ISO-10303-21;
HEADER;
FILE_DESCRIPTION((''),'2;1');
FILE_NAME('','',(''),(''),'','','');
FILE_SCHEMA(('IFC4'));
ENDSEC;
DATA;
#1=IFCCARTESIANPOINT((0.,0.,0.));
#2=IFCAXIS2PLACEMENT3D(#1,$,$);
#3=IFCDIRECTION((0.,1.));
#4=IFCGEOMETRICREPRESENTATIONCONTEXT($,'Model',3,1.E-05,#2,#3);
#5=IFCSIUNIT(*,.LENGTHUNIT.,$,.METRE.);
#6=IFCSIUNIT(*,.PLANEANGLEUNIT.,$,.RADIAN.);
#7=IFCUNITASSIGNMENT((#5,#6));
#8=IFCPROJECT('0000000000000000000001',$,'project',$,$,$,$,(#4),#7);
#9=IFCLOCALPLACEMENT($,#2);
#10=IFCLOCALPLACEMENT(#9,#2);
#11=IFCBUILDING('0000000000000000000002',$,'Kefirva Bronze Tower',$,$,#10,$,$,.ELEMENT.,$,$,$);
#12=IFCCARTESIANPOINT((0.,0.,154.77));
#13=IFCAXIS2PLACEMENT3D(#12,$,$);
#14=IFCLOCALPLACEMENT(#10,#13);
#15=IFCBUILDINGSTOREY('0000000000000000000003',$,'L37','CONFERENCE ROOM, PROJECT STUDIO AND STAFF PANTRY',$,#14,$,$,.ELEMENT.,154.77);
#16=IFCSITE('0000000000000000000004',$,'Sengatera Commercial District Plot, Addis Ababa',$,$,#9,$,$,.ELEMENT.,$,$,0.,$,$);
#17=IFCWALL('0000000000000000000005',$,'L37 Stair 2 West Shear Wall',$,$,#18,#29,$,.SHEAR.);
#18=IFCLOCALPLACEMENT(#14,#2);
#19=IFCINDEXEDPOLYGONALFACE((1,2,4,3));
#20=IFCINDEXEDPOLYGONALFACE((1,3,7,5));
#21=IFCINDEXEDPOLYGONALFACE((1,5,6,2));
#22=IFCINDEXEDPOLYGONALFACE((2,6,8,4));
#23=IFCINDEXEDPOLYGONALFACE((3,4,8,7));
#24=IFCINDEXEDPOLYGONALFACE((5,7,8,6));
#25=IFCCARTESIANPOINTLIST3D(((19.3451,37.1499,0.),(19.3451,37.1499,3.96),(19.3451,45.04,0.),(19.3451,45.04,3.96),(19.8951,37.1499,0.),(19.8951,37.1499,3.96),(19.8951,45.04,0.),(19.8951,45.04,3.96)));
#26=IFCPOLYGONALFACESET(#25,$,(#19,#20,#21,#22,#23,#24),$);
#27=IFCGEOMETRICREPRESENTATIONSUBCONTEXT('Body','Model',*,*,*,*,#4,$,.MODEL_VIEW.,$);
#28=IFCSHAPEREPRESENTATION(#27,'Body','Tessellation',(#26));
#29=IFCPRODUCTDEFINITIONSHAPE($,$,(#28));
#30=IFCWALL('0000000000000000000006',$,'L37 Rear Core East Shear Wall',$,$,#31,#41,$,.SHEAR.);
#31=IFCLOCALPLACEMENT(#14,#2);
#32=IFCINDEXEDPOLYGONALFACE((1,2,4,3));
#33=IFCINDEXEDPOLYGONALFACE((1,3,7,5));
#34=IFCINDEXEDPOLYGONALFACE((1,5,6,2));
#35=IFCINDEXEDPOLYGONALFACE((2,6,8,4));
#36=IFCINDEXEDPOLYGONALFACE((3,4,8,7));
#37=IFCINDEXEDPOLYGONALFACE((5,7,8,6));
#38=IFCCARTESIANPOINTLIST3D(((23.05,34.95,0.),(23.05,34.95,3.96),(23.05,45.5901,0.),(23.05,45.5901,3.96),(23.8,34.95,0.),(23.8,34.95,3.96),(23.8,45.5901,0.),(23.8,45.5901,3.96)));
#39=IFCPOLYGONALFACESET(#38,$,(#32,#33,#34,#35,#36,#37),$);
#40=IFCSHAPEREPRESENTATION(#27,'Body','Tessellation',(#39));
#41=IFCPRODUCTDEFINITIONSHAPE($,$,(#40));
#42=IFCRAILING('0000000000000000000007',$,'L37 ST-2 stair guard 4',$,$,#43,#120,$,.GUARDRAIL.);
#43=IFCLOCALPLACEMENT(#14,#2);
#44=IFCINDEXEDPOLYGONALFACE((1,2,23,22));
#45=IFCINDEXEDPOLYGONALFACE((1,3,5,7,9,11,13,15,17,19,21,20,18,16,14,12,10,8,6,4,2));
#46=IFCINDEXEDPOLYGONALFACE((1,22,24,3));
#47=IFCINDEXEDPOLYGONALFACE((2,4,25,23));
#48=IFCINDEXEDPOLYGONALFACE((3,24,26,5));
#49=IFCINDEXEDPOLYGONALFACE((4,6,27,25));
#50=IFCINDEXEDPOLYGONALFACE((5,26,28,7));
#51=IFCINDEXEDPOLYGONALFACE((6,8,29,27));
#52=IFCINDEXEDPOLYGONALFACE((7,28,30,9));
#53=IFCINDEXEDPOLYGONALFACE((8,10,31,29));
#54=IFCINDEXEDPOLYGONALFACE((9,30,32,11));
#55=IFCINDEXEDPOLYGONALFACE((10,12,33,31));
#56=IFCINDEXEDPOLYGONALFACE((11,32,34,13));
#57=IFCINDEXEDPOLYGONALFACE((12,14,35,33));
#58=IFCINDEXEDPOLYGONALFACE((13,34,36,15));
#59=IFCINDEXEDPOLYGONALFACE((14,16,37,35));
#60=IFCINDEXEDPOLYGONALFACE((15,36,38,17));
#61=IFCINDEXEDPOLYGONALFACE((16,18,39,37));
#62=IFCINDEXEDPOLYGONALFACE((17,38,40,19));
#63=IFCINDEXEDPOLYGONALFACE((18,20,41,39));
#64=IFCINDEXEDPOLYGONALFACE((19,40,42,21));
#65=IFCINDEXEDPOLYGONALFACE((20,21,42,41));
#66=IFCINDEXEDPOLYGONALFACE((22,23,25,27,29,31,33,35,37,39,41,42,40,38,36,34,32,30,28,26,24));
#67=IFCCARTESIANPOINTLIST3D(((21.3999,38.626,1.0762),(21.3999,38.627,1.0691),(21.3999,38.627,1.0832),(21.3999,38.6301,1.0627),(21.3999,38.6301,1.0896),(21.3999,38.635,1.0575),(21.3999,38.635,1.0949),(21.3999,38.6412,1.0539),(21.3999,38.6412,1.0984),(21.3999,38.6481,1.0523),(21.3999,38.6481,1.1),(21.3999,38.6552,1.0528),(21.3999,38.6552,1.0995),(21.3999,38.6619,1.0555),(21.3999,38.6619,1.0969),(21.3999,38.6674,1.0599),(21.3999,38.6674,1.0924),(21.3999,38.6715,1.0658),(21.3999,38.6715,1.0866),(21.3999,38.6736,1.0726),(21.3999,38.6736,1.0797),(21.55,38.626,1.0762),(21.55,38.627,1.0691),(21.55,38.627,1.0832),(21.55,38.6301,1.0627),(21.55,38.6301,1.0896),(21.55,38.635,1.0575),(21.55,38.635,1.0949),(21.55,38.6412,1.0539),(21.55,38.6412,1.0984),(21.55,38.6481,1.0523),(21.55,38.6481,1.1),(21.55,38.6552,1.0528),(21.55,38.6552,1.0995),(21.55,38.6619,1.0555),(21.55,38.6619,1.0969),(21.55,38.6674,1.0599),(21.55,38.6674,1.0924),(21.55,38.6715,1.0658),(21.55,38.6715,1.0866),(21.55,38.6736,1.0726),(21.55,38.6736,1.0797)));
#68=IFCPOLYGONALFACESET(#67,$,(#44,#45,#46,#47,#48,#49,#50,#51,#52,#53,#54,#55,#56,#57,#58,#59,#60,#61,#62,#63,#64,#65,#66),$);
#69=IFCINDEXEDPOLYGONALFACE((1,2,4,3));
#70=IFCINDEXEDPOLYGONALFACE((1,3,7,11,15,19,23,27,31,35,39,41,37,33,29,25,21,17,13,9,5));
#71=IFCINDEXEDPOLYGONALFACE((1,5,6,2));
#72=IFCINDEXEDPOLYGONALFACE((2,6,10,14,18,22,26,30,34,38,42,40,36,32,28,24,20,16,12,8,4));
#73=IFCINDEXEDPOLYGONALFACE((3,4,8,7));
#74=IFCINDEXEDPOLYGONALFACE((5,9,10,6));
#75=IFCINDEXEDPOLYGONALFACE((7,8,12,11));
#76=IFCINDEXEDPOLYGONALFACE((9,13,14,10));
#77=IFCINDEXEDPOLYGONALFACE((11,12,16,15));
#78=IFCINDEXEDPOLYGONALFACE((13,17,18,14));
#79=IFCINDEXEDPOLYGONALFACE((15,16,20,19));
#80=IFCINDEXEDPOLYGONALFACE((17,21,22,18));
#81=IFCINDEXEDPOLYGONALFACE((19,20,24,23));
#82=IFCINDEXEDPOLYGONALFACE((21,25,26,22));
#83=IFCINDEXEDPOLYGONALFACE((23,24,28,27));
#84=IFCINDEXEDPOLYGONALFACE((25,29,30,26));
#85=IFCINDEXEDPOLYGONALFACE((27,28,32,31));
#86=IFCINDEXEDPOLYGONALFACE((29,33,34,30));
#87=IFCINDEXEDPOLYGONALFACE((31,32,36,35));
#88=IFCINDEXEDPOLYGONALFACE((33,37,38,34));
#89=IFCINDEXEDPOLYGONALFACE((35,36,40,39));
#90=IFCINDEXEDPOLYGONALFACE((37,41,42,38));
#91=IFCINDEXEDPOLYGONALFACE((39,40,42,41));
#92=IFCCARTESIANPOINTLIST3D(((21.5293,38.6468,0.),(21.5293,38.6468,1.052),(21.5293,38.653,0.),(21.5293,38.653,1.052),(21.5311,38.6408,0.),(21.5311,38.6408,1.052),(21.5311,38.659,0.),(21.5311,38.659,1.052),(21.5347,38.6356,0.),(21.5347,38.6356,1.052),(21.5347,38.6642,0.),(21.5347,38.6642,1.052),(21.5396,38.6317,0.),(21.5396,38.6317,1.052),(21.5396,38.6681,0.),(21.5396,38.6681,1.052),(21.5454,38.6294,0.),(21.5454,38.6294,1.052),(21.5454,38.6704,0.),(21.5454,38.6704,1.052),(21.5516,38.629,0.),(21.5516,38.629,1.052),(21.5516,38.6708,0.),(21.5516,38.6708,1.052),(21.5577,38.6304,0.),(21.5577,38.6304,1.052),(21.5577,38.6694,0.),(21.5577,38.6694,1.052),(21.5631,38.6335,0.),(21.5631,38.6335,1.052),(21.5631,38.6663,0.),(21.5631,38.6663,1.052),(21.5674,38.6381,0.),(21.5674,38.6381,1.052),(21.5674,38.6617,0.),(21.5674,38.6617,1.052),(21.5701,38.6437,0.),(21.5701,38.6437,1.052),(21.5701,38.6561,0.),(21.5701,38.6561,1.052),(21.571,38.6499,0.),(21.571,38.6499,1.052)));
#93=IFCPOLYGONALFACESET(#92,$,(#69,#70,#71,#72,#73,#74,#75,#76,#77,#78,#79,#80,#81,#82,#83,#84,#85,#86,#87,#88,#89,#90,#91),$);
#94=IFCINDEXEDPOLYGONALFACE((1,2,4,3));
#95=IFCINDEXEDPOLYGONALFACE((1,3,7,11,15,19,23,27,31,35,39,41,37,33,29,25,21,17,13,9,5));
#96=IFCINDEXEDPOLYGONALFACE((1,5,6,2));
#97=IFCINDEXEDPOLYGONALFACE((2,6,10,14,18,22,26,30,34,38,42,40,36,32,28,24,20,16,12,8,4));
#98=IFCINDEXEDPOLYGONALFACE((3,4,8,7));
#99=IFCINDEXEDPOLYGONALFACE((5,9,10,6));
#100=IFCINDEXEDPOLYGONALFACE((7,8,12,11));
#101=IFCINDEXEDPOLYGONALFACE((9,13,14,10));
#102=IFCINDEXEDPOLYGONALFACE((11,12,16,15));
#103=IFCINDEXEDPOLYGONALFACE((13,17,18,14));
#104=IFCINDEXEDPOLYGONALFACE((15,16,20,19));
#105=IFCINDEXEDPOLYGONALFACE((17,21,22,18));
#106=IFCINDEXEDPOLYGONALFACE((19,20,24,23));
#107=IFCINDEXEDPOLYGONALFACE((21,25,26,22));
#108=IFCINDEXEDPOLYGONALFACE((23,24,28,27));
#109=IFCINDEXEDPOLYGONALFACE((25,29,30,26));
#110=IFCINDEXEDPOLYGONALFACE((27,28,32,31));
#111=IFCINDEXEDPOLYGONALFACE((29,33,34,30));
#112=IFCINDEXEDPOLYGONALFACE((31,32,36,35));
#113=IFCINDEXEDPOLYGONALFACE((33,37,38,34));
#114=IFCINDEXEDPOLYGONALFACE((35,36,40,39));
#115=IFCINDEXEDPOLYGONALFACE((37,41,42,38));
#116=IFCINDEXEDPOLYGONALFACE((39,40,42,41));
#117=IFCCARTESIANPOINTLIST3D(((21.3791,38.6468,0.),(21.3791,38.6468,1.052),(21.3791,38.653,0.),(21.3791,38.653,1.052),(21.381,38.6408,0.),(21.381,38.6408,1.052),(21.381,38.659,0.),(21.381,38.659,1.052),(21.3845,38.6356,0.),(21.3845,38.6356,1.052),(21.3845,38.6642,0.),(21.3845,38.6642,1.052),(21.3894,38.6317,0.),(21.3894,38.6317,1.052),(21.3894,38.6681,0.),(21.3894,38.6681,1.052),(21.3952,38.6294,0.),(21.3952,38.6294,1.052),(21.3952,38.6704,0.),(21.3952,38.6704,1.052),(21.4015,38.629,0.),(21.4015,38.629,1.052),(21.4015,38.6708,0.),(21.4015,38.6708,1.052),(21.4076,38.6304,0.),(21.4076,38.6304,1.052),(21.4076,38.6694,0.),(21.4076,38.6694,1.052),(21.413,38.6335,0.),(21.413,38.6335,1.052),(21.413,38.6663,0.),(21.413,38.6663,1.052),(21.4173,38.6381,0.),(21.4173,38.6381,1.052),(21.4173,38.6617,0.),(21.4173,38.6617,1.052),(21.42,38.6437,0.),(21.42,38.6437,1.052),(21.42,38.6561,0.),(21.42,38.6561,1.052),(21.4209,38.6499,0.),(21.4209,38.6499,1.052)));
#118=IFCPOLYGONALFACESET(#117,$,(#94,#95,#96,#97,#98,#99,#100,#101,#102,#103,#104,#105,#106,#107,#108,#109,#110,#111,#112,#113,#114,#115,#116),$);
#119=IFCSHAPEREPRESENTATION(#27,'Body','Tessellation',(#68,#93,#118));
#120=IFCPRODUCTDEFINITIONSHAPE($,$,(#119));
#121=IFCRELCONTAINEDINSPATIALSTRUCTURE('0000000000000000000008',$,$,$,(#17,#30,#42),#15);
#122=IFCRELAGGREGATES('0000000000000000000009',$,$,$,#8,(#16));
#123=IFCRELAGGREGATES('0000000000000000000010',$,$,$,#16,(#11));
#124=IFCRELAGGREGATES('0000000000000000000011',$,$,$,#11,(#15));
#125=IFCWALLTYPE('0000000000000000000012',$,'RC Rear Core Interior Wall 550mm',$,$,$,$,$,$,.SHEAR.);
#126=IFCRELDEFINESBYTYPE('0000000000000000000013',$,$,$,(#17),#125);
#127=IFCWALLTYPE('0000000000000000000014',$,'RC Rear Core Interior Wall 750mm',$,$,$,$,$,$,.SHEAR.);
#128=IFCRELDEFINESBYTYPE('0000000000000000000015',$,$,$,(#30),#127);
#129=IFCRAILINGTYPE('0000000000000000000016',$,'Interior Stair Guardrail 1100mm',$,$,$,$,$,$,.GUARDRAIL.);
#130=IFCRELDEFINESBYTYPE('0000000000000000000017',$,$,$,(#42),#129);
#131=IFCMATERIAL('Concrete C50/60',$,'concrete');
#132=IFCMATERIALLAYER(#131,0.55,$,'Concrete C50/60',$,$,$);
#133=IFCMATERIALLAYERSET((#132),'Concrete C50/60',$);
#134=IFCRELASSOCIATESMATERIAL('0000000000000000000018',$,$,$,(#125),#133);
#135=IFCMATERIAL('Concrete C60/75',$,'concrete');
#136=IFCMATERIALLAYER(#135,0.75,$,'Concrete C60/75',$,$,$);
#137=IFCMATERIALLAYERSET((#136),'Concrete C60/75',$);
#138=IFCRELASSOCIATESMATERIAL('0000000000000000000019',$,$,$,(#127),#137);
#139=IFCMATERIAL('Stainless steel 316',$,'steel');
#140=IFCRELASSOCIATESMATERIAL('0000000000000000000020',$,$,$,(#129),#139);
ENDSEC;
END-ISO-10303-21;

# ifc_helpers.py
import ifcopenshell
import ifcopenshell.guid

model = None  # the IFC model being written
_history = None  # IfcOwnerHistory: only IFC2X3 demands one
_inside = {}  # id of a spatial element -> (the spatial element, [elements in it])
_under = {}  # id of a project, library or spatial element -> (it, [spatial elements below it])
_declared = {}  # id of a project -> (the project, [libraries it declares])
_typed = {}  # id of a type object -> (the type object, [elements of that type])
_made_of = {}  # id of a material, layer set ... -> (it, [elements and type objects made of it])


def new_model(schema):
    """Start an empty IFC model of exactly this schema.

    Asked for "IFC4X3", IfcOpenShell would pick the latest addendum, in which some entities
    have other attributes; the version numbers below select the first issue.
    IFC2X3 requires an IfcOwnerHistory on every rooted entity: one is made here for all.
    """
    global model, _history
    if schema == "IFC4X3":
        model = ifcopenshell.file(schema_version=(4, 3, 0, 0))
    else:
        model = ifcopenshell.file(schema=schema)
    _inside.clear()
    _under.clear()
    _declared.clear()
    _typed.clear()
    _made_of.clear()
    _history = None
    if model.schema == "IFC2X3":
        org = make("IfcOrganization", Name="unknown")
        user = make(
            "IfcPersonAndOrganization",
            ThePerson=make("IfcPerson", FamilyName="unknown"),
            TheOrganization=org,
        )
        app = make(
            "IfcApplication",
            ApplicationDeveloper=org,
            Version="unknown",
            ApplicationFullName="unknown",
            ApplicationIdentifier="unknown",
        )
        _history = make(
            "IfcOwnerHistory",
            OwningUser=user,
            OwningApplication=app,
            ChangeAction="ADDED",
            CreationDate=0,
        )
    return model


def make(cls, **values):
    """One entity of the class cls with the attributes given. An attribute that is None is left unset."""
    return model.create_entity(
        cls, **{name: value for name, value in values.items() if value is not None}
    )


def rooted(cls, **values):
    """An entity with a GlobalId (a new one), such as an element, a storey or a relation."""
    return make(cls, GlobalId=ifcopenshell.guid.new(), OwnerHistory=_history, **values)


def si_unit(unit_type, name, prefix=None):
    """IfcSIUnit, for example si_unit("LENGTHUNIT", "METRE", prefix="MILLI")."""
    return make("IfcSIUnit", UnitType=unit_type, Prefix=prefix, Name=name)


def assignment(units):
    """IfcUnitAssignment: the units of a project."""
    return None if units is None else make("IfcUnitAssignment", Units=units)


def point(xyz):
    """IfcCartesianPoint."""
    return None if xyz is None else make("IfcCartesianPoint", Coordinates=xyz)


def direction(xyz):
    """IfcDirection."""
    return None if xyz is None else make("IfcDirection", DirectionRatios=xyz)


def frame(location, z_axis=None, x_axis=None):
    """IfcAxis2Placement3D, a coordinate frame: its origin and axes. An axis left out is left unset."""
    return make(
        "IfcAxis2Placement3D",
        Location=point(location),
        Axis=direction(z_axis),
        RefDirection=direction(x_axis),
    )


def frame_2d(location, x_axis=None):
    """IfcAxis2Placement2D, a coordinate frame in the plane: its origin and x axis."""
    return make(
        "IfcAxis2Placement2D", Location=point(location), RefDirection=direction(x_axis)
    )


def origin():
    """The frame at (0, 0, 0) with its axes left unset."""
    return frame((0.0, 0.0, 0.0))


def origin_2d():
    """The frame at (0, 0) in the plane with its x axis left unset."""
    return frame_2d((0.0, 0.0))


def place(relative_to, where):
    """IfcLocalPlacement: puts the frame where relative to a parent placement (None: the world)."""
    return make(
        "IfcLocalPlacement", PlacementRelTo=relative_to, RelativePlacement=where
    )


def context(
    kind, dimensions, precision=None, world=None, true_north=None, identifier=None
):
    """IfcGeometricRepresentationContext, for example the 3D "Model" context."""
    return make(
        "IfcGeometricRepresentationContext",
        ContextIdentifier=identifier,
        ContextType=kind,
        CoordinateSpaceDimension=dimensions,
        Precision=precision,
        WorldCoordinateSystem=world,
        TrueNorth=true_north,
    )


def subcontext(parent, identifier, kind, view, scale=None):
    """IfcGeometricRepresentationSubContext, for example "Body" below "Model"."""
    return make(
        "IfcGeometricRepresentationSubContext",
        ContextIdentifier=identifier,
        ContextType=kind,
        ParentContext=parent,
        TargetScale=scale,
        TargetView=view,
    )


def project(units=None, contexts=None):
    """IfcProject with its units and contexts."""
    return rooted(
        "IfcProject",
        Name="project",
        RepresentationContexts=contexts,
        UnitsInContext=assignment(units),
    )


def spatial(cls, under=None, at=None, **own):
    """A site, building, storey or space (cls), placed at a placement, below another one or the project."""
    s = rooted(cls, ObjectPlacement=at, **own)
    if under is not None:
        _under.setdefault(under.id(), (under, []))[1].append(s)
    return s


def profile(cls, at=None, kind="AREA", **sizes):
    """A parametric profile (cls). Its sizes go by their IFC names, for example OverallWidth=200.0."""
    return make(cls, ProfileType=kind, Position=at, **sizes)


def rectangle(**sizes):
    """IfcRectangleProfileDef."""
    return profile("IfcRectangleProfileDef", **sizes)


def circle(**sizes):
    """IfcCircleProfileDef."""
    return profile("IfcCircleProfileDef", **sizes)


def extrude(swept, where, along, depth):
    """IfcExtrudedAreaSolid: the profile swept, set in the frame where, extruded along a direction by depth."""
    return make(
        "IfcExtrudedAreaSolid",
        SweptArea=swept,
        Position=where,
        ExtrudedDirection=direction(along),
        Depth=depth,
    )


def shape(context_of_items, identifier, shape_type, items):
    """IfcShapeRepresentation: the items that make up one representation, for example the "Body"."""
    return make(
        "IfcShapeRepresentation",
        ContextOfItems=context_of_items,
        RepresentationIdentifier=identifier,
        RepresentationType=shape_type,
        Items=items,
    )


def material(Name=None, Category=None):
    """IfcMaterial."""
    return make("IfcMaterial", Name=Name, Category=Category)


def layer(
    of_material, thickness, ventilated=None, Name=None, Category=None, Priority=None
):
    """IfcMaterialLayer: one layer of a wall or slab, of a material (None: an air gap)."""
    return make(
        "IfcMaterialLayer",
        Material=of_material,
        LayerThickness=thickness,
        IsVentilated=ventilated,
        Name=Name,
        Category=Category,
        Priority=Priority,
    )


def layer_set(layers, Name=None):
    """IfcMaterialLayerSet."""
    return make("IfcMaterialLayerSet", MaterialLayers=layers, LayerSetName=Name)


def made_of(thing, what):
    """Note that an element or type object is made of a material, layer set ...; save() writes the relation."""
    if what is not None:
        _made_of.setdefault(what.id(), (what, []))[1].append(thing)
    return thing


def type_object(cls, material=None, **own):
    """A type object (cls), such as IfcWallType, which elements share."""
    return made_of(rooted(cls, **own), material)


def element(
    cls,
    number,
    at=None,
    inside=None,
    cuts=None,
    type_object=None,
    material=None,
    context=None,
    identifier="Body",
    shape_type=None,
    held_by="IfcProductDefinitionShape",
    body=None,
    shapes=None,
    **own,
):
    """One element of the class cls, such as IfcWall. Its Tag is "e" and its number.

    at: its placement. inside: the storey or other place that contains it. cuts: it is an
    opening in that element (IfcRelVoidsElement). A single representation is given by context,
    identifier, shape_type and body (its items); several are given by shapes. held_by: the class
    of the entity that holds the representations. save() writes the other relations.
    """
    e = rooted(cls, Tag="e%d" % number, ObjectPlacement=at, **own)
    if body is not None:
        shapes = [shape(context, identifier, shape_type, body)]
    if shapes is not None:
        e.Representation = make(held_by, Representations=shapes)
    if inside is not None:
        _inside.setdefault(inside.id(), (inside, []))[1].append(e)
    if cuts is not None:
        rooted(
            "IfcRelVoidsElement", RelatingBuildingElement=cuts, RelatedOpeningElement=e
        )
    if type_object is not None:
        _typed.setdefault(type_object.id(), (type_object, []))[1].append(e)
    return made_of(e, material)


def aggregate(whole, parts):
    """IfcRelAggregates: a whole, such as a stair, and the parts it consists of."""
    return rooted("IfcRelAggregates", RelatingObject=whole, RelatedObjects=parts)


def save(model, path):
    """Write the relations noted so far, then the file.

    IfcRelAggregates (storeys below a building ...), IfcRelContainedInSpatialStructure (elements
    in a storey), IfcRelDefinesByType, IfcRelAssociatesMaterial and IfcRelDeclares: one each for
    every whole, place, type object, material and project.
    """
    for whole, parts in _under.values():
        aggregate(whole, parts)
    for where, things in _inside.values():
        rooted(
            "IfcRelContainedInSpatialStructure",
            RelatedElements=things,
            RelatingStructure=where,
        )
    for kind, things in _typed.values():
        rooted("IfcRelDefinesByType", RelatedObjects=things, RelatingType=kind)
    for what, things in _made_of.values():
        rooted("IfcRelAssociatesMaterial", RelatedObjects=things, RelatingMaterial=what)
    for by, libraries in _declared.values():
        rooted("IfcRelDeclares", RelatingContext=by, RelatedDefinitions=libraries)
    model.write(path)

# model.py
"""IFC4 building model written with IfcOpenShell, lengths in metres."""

from ifc_helpers import new_model, si_unit, direction, frame, frame_2d, origin, origin_2d, place, context, subcontext, project, spatial, rectangle, circle, extrude, material, layer, layer_set, type_object, element, save


model = new_model("IFC4")

# Units and contexts
model_context = context("Model", 3, precision=1e-05, world=origin(), true_north=direction((0.0, 1.0)))
body_context = subcontext(model_context, "Body", "Model", "MODEL_VIEW")
ifc_project = project(units=[si_unit("LENGTHUNIT", "METRE"), si_unit("PLANEANGLEUNIT", "RADIAN")], contexts=[model_context])

# Site, building, storey
site_placement = place(None, origin())
site = spatial("IfcSite", under=ifc_project, at=site_placement, Name="Sengatera Commercial District Plot, Addis Ababa", CompositionType="ELEMENT", RefElevation=0.0)
building_placement = place(site_placement, origin())
building = spatial("IfcBuilding", under=site, at=building_placement, Name="Kefirva Bronze Tower", CompositionType="ELEMENT")
storey_placement = place(building_placement, frame((0.0, 0.0, 154.77)))
storey = spatial("IfcBuildingStorey", under=building, at=storey_placement, Name="L37", Description="CONFERENCE ROOM, PROJECT STUDIO AND STAFF PANTRY", CompositionType="ELEMENT", Elevation=154.77)

# Shared definitions
ifc_material_1 = material(Name="Concrete C60/75", Category="concrete")

# Walls
ifc_material_2 = material(Name="Concrete C50/60", Category="concrete")
ifc_layer_1 = layer(ifc_material_2, 0.55, Name="Concrete C50/60")
ifc_layer_set_1 = layer_set([ifc_layer_1], Name="Concrete C50/60")
wall_type_1 = type_object("IfcWallType", Name="RC Rear Core Interior Wall 550mm", PredefinedType="SHEAR", material=ifc_layer_set_1)
wall_1_placement = place(storey_placement, frame((19.6201, 37.1499, 0.0), z_axis=(0.0, 0.0, 1.0), x_axis=(0.0, 1.0, 0.0)))
element("IfcWall", 1, at=wall_1_placement, inside=storey, type_object=wall_type_1, Name="L37 Stair 2 West Shear Wall", PredefinedType="SHEAR", context=body_context, shape_type="SweptSolid", body=[
    extrude(rectangle(XDim=7.8901, YDim=0.55, at=frame_2d((3.9451, 0.0))), origin(), (0.0, 0.0, 1.0), 3.96),
])
ifc_layer_2 = layer(ifc_material_1, 0.75, Name="Concrete C60/75")
ifc_layer_set_2 = layer_set([ifc_layer_2], Name="Concrete C60/75")
wall_type_2 = type_object("IfcWallType", Name="RC Rear Core Interior Wall 750mm", PredefinedType="SHEAR", material=ifc_layer_set_2)
wall_2_placement = place(storey_placement, frame((23.425, 34.95, 0.0), z_axis=(0.0, 0.0, 1.0), x_axis=(0.0, 1.0, 0.0)))
element("IfcWall", 2, at=wall_2_placement, inside=storey, type_object=wall_type_2, Name="L37 Rear Core East Shear Wall", PredefinedType="SHEAR", context=body_context, shape_type="SweptSolid", body=[
    extrude(rectangle(XDim=10.6401, YDim=0.75, at=frame_2d((5.3201, 0.0))), origin(), (0.0, 0.0, 1.0), 3.96),
])

# Railing
ifc_material_3 = material(Name="Stainless steel 316", Category="steel")
railing_type = type_object("IfcRailingType", Name="Interior Stair Guardrail 1100mm", PredefinedType="GUARDRAIL", material=ifc_material_3)
railing_placement = place(storey_placement, frame((21.55, 38.6499, 0.0)))
element("IfcRailing", 3, at=railing_placement, inside=storey, type_object=railing_type, Name="L37 ST-2 stair guard 4", PredefinedType="GUARDRAIL", context=body_context, shape_type="SweptSolid", body=[
    extrude(circle(Radius=0.0239, at=origin_2d()), frame((0.0, 0.0, 1.0762), z_axis=(-1.0, 0.0, 0.0), x_axis=(0.0, -1.0, 0.0)), (0.0, 0.0, 1.0), 0.1501),
    extrude(circle(Radius=0.021, at=origin_2d()), origin(), (0.0, 0.0, 1.0), 1.052),
    extrude(circle(Radius=0.021, at=origin_2d()), frame((-0.1501, 0.0, 0.0)), (0.0, 0.0, 1.0), 1.052),
])

save(model, "model.ifc")
